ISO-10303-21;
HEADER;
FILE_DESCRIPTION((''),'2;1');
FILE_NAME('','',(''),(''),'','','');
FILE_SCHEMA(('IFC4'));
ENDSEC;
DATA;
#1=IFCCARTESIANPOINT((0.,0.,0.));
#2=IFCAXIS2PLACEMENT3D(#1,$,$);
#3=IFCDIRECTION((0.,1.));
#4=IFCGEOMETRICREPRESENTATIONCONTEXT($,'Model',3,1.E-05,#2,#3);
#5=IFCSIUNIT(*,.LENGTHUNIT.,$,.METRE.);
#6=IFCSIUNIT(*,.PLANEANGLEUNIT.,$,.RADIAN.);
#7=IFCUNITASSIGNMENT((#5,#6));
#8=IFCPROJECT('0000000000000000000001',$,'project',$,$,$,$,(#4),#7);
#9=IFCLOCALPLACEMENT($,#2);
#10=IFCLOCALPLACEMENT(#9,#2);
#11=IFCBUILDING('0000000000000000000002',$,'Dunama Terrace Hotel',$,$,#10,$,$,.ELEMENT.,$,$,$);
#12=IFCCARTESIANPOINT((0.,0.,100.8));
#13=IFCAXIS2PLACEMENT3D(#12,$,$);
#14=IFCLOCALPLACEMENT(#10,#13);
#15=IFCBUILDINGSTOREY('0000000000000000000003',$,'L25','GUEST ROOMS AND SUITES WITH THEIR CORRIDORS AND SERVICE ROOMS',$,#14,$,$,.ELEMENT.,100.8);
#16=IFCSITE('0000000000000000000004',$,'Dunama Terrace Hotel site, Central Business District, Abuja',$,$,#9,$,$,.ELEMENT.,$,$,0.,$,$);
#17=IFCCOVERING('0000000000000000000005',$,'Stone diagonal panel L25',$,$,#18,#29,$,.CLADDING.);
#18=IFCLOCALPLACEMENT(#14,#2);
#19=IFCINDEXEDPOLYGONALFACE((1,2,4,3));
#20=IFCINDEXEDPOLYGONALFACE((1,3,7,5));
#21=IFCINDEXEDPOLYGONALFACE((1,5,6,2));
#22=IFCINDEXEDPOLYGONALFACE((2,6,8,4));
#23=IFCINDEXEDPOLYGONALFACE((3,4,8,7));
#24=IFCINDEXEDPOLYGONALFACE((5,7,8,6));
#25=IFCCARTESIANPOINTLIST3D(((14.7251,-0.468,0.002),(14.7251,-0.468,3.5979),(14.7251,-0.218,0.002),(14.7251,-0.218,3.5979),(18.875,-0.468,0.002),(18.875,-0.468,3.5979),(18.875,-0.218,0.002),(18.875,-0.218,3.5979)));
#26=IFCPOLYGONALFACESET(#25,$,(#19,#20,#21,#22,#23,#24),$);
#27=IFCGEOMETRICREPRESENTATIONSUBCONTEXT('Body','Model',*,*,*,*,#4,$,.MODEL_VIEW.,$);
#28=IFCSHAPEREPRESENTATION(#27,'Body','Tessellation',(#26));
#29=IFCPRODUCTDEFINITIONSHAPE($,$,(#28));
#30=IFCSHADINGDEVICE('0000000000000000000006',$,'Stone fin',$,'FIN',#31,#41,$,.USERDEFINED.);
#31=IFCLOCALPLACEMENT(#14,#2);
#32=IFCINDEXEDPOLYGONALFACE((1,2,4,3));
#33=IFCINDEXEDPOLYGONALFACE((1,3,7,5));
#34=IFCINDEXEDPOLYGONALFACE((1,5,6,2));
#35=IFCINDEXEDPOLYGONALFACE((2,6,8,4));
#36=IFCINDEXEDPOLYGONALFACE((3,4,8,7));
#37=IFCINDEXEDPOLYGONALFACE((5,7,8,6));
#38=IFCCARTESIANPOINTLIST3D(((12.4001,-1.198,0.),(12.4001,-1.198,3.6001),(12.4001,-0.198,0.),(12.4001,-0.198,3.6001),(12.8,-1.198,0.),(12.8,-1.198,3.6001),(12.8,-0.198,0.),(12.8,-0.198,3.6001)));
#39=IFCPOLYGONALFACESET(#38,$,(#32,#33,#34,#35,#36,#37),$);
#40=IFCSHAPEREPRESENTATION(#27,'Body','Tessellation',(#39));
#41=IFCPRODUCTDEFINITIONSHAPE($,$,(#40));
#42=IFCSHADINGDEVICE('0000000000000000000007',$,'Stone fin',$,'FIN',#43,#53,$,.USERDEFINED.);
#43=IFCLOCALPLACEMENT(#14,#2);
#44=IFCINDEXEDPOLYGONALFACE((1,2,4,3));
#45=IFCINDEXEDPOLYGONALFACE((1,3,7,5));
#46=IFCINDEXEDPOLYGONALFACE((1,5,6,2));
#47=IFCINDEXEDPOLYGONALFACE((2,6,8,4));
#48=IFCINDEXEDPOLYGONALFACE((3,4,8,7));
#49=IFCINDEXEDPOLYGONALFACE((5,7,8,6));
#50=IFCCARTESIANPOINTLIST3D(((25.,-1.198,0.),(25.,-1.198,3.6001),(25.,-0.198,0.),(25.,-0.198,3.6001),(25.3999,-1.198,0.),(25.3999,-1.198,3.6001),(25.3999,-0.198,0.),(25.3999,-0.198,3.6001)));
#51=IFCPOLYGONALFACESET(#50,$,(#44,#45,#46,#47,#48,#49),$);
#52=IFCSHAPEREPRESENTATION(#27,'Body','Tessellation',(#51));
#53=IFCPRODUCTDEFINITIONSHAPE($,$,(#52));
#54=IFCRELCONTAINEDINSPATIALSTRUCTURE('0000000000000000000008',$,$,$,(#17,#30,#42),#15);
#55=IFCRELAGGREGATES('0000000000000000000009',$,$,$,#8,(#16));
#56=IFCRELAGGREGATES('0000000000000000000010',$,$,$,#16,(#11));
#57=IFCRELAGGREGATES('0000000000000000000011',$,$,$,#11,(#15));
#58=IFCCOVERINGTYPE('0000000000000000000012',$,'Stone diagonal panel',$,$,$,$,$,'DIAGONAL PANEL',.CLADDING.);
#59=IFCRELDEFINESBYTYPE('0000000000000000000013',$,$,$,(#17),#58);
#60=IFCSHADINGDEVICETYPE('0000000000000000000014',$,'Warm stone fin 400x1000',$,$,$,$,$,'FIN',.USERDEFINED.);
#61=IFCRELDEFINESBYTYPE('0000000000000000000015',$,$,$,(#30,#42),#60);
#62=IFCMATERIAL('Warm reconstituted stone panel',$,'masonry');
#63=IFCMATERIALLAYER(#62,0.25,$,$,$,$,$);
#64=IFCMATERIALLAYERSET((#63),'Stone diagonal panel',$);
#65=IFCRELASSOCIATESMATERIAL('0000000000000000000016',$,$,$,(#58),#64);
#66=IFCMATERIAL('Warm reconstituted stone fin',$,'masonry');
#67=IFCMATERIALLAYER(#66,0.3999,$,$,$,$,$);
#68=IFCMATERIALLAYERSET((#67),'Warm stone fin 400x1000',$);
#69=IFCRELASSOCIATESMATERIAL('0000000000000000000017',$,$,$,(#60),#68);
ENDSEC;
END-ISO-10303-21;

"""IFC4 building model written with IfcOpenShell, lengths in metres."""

from ifc_helpers import new_model, si_unit, direction, frame, origin, origin_2d, place, context, subcontext, project, spatial, rectangle, extrude, material, layer, layer_set, type_object, element, save


model = new_model("IFC4")

# Units and contexts
model_context = context("Model", 3, precision=1e-05, world=origin(), true_north=direction((0.0, 1.0)))
body_context = subcontext(model_context, "Body", "Model", "MODEL_VIEW")
ifc_project = project(units=[si_unit("LENGTHUNIT", "METRE"), si_unit("PLANEANGLEUNIT", "RADIAN")], contexts=[model_context])

# Site, building, storey
site_placement = place(None, origin())
site = spatial("IfcSite", under=ifc_project, at=site_placement, Name="Dunama Terrace Hotel site, Central Business District, Abuja", CompositionType="ELEMENT", RefElevation=0.0)
building_placement = place(site_placement, origin())
building = spatial("IfcBuilding", under=site, at=building_placement, Name="Dunama Terrace Hotel", CompositionType="ELEMENT")
storey_placement = place(building_placement, frame((0.0, 0.0, 100.8)))
storey = spatial("IfcBuildingStorey", under=building, at=storey_placement, Name="L25", Description="GUEST ROOMS AND SUITES WITH THEIR CORRIDORS AND SERVICE ROOMS", CompositionType="ELEMENT", Elevation=100.8)

# Covering
ifc_material_1 = material(Name="Warm reconstituted stone panel", Category="masonry")
ifc_layer_1 = layer(ifc_material_1, 0.25)
ifc_layer_set_1 = layer_set([ifc_layer_1], Name="Stone diagonal panel")
covering_type = type_object("IfcCoveringType", Name="Stone diagonal panel", ElementType="DIAGONAL PANEL", PredefinedType="CLADDING", material=ifc_layer_set_1)
covering_placement = place(storey_placement, frame((16.8, -0.343, 0.002), z_axis=(0.0, 0.0, 1.0), x_axis=(1.0, 0.0, 0.0)))
element("IfcCovering", 1, at=covering_placement, inside=storey, type_object=covering_type, Name="Stone diagonal panel L25", PredefinedType="CLADDING", context=body_context, shape_type="SweptSolid", body=[
    extrude(rectangle(XDim=4.1499, YDim=0.25, at=origin_2d()), origin(), (0.0, 0.0, 1.0), 3.5959),
])

# Shading devices
ifc_material_2 = material(Name="Warm reconstituted stone fin", Category="masonry")
ifc_layer_2 = layer(ifc_material_2, 0.3999)
ifc_layer_set_2 = layer_set([ifc_layer_2], Name="Warm stone fin 400x1000")
shading_device_type = type_object("IfcShadingDeviceType", Name="Warm stone fin 400x1000", ElementType="FIN", PredefinedType="USERDEFINED", material=ifc_layer_set_2)
for number, where, z_axis, x_axis, name in (
    (2, (12.6001, -0.698, 0.0), (0.0, 0.0, 1.0), (1.0, 0.0, 0.0), "Stone fin"),
    (3, (25.2, -0.698, 0.0), (0.0, 0.0, 1.0), (1.0, 0.0, 0.0), "Stone fin"),
):
    element("IfcShadingDevice", number, at=place(storey_placement, frame(where, z_axis=z_axis, x_axis=x_axis)), inside=storey, type_object=shading_device_type, Name=name, ObjectType="FIN", PredefinedType="USERDEFINED", context=body_context, shape_type="SweptSolid", body=[
        extrude(rectangle(XDim=0.3999, YDim=1.0, at=origin_2d()), origin(), (0.0, 0.0, 1.0), 3.6001),
    ])

save(model, "model.ifc")
